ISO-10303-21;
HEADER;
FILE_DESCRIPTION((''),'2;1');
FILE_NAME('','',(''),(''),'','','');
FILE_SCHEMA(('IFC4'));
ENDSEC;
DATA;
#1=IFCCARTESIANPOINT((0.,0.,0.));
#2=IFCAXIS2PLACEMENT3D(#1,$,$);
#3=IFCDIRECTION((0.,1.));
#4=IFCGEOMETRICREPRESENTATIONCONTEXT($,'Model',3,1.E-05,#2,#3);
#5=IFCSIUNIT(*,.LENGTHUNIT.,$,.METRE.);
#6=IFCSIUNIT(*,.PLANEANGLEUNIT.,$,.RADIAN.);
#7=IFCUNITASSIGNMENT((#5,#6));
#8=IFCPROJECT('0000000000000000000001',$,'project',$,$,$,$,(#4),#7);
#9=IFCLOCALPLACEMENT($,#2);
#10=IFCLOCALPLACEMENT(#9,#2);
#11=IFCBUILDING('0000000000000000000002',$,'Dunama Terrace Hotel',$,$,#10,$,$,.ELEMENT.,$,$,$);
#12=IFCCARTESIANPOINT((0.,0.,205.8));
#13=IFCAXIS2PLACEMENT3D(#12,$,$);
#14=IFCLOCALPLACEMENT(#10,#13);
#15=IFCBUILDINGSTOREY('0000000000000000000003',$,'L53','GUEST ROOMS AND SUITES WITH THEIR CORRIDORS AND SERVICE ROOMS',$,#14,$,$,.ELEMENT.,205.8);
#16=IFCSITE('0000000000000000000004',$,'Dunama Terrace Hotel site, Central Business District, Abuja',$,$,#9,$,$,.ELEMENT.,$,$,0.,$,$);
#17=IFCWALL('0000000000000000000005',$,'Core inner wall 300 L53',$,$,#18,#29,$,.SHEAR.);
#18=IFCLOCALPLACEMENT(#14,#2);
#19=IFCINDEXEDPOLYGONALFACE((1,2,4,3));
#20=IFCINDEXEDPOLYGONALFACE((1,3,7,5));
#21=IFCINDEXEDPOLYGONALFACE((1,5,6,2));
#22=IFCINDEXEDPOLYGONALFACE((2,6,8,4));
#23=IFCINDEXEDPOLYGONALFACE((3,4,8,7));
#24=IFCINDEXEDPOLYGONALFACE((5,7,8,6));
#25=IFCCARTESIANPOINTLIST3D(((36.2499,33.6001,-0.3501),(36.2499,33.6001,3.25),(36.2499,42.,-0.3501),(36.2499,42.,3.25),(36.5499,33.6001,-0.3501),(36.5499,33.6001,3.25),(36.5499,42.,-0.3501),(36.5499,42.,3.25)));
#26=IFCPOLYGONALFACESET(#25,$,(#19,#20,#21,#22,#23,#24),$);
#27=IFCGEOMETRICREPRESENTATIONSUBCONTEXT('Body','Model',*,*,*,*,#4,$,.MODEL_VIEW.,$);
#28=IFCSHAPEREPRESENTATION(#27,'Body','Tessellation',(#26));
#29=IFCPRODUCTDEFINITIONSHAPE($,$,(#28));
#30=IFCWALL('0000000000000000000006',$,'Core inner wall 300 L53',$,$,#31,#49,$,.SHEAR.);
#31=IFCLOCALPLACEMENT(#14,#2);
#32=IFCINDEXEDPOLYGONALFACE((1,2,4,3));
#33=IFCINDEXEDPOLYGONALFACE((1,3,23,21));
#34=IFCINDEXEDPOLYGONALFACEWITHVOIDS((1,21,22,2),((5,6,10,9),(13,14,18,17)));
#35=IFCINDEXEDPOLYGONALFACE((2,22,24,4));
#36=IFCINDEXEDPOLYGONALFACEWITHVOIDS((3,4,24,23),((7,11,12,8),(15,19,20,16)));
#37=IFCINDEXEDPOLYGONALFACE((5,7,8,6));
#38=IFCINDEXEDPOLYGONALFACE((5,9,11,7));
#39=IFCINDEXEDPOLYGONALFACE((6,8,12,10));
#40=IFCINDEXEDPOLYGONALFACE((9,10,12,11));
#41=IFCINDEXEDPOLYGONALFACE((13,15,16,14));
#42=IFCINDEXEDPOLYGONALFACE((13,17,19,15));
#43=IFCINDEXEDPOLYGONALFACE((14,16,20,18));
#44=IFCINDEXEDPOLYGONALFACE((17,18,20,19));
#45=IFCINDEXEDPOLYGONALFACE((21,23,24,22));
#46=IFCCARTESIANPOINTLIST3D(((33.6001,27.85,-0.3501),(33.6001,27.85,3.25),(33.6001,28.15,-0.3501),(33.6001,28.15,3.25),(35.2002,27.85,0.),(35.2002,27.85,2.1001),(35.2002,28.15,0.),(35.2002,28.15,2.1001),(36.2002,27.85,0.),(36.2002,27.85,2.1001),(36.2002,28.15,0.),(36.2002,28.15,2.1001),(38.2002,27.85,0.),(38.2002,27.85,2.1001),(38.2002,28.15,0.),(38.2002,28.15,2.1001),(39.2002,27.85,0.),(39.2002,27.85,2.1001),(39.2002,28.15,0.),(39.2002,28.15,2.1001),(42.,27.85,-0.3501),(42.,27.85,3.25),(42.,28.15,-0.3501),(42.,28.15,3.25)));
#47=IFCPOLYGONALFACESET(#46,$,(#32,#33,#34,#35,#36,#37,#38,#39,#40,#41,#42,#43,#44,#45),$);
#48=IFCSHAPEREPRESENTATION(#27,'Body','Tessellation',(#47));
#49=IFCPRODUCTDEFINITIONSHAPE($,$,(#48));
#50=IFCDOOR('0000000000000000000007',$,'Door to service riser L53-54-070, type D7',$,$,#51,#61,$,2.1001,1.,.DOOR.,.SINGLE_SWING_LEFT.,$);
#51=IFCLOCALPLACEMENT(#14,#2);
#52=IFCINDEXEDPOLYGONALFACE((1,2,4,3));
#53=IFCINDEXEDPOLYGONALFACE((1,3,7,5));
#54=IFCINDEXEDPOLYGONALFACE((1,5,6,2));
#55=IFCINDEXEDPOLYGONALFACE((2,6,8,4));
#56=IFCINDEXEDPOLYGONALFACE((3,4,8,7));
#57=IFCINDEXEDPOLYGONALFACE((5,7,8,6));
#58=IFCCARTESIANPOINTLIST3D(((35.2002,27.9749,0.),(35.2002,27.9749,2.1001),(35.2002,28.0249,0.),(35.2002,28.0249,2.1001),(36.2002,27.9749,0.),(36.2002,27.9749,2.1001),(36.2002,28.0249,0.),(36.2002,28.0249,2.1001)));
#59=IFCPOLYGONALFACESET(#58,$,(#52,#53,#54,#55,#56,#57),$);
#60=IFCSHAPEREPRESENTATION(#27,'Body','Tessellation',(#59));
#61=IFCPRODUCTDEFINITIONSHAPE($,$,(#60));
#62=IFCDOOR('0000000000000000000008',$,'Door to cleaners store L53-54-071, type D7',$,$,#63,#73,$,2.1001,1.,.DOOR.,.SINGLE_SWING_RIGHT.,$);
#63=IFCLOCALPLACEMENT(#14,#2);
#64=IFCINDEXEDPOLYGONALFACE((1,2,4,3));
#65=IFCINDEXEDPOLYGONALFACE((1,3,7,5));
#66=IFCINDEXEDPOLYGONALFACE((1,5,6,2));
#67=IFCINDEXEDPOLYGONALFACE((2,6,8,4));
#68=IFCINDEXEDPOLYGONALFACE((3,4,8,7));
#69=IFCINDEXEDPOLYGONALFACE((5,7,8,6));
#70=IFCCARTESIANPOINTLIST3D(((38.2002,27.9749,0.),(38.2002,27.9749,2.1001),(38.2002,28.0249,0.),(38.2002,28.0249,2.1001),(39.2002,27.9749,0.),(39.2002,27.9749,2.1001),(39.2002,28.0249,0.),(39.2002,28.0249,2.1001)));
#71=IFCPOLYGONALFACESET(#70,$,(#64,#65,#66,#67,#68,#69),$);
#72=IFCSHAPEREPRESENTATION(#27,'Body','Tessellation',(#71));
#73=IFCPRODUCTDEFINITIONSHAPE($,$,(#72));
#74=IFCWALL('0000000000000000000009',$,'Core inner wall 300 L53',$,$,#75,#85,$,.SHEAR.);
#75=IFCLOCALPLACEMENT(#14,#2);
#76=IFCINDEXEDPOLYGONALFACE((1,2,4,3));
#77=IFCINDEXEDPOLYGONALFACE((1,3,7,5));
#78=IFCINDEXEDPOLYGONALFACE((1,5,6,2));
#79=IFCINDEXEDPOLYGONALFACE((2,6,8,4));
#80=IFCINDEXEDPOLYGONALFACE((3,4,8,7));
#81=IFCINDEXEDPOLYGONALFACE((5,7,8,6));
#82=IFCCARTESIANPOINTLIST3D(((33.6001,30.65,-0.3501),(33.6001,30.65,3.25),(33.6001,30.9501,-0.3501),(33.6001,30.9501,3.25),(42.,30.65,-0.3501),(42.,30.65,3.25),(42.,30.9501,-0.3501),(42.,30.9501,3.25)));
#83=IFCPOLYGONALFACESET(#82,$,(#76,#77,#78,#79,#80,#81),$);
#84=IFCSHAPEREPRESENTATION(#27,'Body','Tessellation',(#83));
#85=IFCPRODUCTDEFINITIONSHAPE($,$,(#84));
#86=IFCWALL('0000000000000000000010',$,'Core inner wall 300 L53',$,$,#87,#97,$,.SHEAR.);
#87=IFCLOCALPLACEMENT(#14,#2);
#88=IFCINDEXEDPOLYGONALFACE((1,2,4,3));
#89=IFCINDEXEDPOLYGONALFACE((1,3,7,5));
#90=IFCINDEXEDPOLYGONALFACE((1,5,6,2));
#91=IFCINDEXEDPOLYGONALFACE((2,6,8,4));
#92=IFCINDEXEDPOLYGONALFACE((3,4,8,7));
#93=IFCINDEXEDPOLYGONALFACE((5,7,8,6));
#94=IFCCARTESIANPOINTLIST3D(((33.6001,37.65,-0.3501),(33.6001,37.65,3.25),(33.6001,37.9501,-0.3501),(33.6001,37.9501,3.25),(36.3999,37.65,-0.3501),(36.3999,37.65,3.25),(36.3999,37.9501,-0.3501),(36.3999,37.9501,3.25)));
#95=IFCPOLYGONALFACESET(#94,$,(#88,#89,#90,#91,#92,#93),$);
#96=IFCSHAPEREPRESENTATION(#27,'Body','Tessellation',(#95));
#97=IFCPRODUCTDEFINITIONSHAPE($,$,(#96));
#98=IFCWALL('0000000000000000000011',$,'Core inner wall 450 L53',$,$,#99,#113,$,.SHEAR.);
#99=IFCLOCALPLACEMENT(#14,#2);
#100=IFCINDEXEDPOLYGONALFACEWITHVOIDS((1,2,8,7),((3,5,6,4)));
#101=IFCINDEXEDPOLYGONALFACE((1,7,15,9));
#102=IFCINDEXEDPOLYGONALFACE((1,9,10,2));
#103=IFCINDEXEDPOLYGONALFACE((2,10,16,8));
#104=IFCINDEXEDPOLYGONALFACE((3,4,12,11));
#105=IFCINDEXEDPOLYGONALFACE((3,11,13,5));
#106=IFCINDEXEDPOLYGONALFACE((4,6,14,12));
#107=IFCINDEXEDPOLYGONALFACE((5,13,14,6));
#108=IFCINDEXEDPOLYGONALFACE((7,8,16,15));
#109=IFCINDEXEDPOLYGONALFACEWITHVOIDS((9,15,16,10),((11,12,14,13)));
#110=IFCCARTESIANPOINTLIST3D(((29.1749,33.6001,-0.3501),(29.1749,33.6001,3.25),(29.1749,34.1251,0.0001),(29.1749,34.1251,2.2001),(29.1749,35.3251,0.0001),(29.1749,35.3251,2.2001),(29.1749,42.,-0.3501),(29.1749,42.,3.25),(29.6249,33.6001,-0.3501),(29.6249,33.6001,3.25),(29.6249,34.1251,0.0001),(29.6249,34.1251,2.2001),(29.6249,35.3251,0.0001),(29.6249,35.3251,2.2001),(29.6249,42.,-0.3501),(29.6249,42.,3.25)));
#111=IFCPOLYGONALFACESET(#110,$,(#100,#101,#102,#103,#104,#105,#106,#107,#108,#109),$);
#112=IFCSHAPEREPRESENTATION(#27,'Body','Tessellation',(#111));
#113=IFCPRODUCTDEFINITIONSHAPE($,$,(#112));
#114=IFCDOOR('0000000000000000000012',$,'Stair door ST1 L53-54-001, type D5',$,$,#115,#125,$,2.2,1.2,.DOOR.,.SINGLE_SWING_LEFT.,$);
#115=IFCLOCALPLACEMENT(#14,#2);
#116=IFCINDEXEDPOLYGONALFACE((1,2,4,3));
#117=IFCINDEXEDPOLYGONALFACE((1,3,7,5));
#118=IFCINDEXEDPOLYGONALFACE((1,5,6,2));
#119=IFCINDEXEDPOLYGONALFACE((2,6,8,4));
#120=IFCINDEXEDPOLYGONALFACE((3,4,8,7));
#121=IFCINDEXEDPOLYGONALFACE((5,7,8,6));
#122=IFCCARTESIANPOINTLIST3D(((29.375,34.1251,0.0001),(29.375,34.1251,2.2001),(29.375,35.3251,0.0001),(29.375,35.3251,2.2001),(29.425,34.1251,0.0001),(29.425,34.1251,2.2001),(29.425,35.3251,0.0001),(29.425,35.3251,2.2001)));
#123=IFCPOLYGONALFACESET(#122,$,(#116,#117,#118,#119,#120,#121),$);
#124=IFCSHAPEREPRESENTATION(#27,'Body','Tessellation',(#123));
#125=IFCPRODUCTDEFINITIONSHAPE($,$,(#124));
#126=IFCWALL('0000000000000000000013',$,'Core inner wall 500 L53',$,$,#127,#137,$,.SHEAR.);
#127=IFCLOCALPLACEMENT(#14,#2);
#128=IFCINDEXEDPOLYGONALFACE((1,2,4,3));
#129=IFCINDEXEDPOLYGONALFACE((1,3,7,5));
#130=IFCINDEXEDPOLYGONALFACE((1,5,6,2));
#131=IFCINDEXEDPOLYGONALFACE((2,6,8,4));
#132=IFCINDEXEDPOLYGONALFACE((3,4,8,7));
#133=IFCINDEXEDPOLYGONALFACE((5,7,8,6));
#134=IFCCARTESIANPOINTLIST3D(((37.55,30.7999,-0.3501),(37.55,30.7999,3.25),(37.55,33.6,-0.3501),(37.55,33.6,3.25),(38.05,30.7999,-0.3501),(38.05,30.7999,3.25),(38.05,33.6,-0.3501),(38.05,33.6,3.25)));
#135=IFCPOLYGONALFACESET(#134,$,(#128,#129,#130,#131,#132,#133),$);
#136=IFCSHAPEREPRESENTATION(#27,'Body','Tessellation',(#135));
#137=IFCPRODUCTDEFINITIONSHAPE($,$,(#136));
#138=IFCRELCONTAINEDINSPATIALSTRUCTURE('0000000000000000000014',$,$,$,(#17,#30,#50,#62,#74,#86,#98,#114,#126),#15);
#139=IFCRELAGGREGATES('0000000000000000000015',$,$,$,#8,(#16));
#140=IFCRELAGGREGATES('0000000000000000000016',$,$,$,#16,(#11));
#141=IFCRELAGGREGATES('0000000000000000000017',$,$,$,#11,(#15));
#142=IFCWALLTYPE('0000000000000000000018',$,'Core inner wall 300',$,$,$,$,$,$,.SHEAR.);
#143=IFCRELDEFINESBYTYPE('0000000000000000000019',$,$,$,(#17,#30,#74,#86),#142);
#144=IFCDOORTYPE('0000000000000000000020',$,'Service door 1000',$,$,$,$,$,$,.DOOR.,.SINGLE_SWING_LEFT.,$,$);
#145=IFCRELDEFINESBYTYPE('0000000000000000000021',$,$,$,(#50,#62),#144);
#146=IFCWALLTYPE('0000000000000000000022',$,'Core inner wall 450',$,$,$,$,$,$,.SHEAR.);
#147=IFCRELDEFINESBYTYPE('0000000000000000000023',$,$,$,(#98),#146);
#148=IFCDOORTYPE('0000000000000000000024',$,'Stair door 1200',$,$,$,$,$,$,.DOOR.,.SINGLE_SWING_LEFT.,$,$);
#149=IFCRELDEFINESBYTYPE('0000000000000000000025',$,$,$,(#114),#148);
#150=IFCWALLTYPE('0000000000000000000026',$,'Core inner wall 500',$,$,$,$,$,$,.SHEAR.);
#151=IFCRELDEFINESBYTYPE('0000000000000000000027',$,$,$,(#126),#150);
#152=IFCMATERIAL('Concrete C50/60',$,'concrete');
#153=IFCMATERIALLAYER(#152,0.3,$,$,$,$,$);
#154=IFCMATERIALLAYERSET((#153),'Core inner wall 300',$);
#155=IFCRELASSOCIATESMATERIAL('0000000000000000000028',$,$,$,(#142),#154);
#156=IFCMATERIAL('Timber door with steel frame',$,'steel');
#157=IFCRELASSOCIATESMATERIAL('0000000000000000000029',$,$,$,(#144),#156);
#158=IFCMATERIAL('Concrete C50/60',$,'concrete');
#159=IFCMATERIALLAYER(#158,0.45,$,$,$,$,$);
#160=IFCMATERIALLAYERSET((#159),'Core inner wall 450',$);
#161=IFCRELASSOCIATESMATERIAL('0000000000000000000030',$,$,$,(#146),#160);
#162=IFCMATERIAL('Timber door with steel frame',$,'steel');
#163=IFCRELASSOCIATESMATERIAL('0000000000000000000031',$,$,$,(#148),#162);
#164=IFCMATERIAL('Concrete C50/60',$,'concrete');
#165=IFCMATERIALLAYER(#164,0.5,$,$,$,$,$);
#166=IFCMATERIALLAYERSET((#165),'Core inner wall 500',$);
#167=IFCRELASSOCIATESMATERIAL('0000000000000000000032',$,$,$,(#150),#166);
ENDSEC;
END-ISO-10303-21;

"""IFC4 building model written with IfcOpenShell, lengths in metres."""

from ifc_helpers import new_model, si_unit, direction, frame, frame_2d, origin, place, context, subcontext, project, spatial, rectangle, extrude, material, layer, layer_set, type_object, element, fill, save


model = new_model("IFC4")

# Units and contexts
model_context = context("Model", 3, precision=1e-05, world=origin(), true_north=direction((0.0, 1.0)))
body_context = subcontext(model_context, "Body", "Model", "MODEL_VIEW")
ifc_project = project(units=[si_unit("LENGTHUNIT", "METRE"), si_unit("PLANEANGLEUNIT", "RADIAN")], contexts=[model_context])

# Site, building, storey
site_placement = place(None, origin())
site = spatial("IfcSite", under=ifc_project, at=site_placement, Name="Dunama Terrace Hotel site, Central Business District, Abuja", CompositionType="ELEMENT", RefElevation=0.0)
building_placement = place(site_placement, origin())
building = spatial("IfcBuilding", under=site, at=building_placement, Name="Dunama Terrace Hotel", CompositionType="ELEMENT")
storey_placement = place(building_placement, frame((0.0, 0.0, 205.8)))
storey = spatial("IfcBuildingStorey", under=building, at=storey_placement, Name="L53", Description="GUEST ROOMS AND SUITES WITH THEIR CORRIDORS AND SERVICE ROOMS", CompositionType="ELEMENT", Elevation=205.8)

# Wall
ifc_material_1 = material(Name="Concrete C50/60", Category="concrete")
ifc_layer_1 = layer(ifc_material_1, 0.3)
ifc_layer_set_1 = layer_set([ifc_layer_1], Name="Core inner wall 300")
wall_type_1 = type_object("IfcWallType", Name="Core inner wall 300", PredefinedType="SHEAR", material=ifc_layer_set_1)
wall_1_placement = place(storey_placement, frame((36.3999, 33.6001, -0.3501), z_axis=(0.0, 0.0, 1.0), x_axis=(0.0, 1.0, 0.0)))
element("IfcWall", 1, at=wall_1_placement, inside=storey, type_object=wall_type_1, Name="Core inner wall 300 L53", PredefinedType="SHEAR", context=body_context, shape_type="SweptSolid", body=[
    extrude(rectangle(XDim=8.3999, YDim=0.3, at=frame_2d((4.2, 0.0))), origin(), (0.0, 0.0, 1.0), 3.6001),
])

# Wall, openings, doors
wall_2_placement = place(storey_placement, frame((33.6001, 28.0, -0.3501), z_axis=(0.0, 0.0, 1.0), x_axis=(1.0, 0.0, 0.0)))
wall_2 = element("IfcWall", 2, at=wall_2_placement, inside=storey, type_object=wall_type_1, Name="Core inner wall 300 L53", PredefinedType="SHEAR", context=body_context, shape_type="SweptSolid", body=[
    extrude(rectangle(XDim=8.3999, YDim=0.3, at=frame_2d((4.2, 0.0))), origin(), (0.0, 0.0, 1.0), 3.6001),
])
opening_1_placement = place(wall_2_placement, frame((1.6001, 0.0, 0.3501)))
opening_1 = element("IfcOpeningElement", 3, at=opening_1_placement, cuts=wall_2, PredefinedType="OPENING", context=body_context, shape_type="SweptSolid", body=[
    extrude(rectangle(XDim=1.0, YDim=2.1001, at=frame_2d((0.5, 1.05))), frame((0.0, 0.1599, 0.0), z_axis=(0.0, -1.0, 0.0), x_axis=(1.0, 0.0, 0.0)), (0.0, 0.0, 1.0), 0.3201),
])
opening_2_placement = place(wall_2_placement, frame((4.6001, 0.0, 0.3501)))
opening_2 = element("IfcOpeningElement", 4, at=opening_2_placement, cuts=wall_2, PredefinedType="OPENING", context=body_context, shape_type="SweptSolid", body=[
    extrude(rectangle(XDim=1.0, YDim=2.1001, at=frame_2d((0.5, 1.05))), frame((0.0, 0.1599, 0.0), z_axis=(0.0, -1.0, 0.0), x_axis=(1.0, 0.0, 0.0)), (0.0, 0.0, 1.0), 0.3201),
])
ifc_material_2 = material(Name="Timber door with steel frame", Category="steel")
door_type_1 = type_object("IfcDoorType", Name="Service door 1000", OperationType="SINGLE_SWING_LEFT", PredefinedType="DOOR", material=ifc_material_2)
door_1_placement = place(opening_1_placement, frame((1.0, 0.0, 0.0), z_axis=(0.0, 0.0, 1.0), x_axis=(-1.0, 0.0, 0.0)))
door_1 = element("IfcDoor", 5, at=door_1_placement, inside=storey, type_object=door_type_1, Name="Door to service riser L53-54-070, type D7", OperationType="SINGLE_SWING_LEFT", OverallHeight=2.1001, OverallWidth=1.0, PredefinedType="DOOR", context=body_context, shape_type="SweptSolid", body=[
    extrude(rectangle(XDim=1.0, YDim=2.1001, at=frame_2d((0.5, 1.05))), frame((0.0, 0.0251, 0.0), z_axis=(0.0, -1.0, 0.0), x_axis=(1.0, 0.0, 0.0)), (0.0, 0.0, 1.0), 0.05),
])
fill(opening_1, door_1)
door_2_placement = place(opening_2_placement, frame((1.0, 0.0, 0.0), z_axis=(0.0, 0.0, 1.0), x_axis=(-1.0, 0.0, 0.0)))
door_2 = element("IfcDoor", 6, at=door_2_placement, inside=storey, type_object=door_type_1, Name="Door to cleaners store L53-54-071, type D7", OperationType="SINGLE_SWING_RIGHT", OverallHeight=2.1001, OverallWidth=1.0, PredefinedType="DOOR", context=body_context, shape_type="SweptSolid", body=[
    extrude(rectangle(XDim=1.0, YDim=2.1001, at=frame_2d((0.5, 1.05))), frame((0.0, 0.0251, 0.0), z_axis=(0.0, -1.0, 0.0), x_axis=(1.0, 0.0, 0.0)), (0.0, 0.0, 1.0), 0.05),
])
fill(opening_2, door_2)

# Walls
wall_3_placement = place(storey_placement, frame((33.6001, 30.8, -0.3501), z_axis=(0.0, 0.0, 1.0), x_axis=(1.0, 0.0, 0.0)))
element("IfcWall", 7, at=wall_3_placement, inside=storey, type_object=wall_type_1, Name="Core inner wall 300 L53", PredefinedType="SHEAR", context=body_context, shape_type="SweptSolid", body=[
    extrude(rectangle(XDim=8.3999, YDim=0.3, at=frame_2d((4.2, 0.0))), origin(), (0.0, 0.0, 1.0), 3.6001),
])
wall_4_placement = place(storey_placement, frame((33.6001, 37.8, -0.3501), z_axis=(0.0, 0.0, 1.0), x_axis=(1.0, 0.0, 0.0)))
element("IfcWall", 8, at=wall_4_placement, inside=storey, type_object=wall_type_1, Name="Core inner wall 300 L53", PredefinedType="SHEAR", context=body_context, shape_type="SweptSolid", body=[
    extrude(rectangle(XDim=2.7998, YDim=0.3, at=frame_2d((1.3999, 0.0))), origin(), (0.0, 0.0, 1.0), 3.6001),
])

# Wall, opening, door
ifc_material_3 = material(Name="Concrete C50/60", Category="concrete")
ifc_layer_2 = layer(ifc_material_3, 0.45)
ifc_layer_set_2 = layer_set([ifc_layer_2], Name="Core inner wall 450")
wall_type_2 = type_object("IfcWallType", Name="Core inner wall 450", PredefinedType="SHEAR", material=ifc_layer_set_2)
wall_5_placement = place(storey_placement, frame((29.3999, 33.6001, -0.3501), z_axis=(0.0, 0.0, 1.0), x_axis=(0.0, 1.0, 0.0)))
wall_5 = element("IfcWall", 9, at=wall_5_placement, inside=storey, type_object=wall_type_2, Name="Core inner wall 450 L53", PredefinedType="SHEAR", context=body_context, shape_type="SweptSolid", body=[
    extrude(rectangle(XDim=8.3999, YDim=0.45, at=frame_2d((4.2, 0.0))), origin(), (0.0, 0.0, 1.0), 3.6001),
])
opening_3_placement = place(wall_5_placement, frame((0.5249, 0.0, 0.3501)))
opening_3 = element("IfcOpeningElement", 10, at=opening_3_placement, cuts=wall_5, PredefinedType="OPENING", context=body_context, shape_type="SweptSolid", body=[
    extrude(rectangle(XDim=1.2, YDim=2.2, at=frame_2d((0.6001, 1.1001))), frame((0.0, 0.2349, 0.0), z_axis=(0.0, -1.0, 0.0), x_axis=(1.0, 0.0, 0.0)), (0.0, 0.0, 1.0), 0.47),
])
ifc_material_4 = material(Name="Timber door with steel frame", Category="steel")
door_type_2 = type_object("IfcDoorType", Name="Stair door 1200", OperationType="SINGLE_SWING_LEFT", PredefinedType="DOOR", material=ifc_material_4)
door_3_placement = place(opening_3_placement, origin())
door_3 = element("IfcDoor", 11, at=door_3_placement, inside=storey, type_object=door_type_2, Name="Stair door ST1 L53-54-001, type D5", OperationType="SINGLE_SWING_LEFT", OverallHeight=2.2, OverallWidth=1.2, PredefinedType="DOOR", context=body_context, shape_type="SweptSolid", body=[
    extrude(rectangle(XDim=1.2, YDim=2.2, at=frame_2d((0.6001, 1.1001))), frame((0.0, 0.0249, 0.0), z_axis=(0.0, -1.0, 0.0), x_axis=(1.0, 0.0, 0.0)), (0.0, 0.0, 1.0), 0.05),
])
fill(opening_3, door_3)

# Wall
ifc_material_5 = material(Name="Concrete C50/60", Category="concrete")
ifc_layer_3 = layer(ifc_material_5, 0.5)
ifc_layer_set_3 = layer_set([ifc_layer_3], Name="Core inner wall 500")
wall_type_3 = type_object("IfcWallType", Name="Core inner wall 500", PredefinedType="SHEAR", material=ifc_layer_set_3)
wall_6_placement = place(storey_placement, frame((37.8, 30.8, -0.3501), z_axis=(0.0, 0.0, 1.0), x_axis=(0.0, 1.0, 0.0)))
element("IfcWall", 12, at=wall_6_placement, inside=storey, type_object=wall_type_3, Name="Core inner wall 500 L53", PredefinedType="SHEAR", context=body_context, shape_type="SweptSolid", body=[
    extrude(rectangle(XDim=2.8, YDim=0.5, at=frame_2d((1.3999, 0.0))), origin(), (0.0, 0.0, 1.0), 3.6001),
])

save(model, "model.ifc")
